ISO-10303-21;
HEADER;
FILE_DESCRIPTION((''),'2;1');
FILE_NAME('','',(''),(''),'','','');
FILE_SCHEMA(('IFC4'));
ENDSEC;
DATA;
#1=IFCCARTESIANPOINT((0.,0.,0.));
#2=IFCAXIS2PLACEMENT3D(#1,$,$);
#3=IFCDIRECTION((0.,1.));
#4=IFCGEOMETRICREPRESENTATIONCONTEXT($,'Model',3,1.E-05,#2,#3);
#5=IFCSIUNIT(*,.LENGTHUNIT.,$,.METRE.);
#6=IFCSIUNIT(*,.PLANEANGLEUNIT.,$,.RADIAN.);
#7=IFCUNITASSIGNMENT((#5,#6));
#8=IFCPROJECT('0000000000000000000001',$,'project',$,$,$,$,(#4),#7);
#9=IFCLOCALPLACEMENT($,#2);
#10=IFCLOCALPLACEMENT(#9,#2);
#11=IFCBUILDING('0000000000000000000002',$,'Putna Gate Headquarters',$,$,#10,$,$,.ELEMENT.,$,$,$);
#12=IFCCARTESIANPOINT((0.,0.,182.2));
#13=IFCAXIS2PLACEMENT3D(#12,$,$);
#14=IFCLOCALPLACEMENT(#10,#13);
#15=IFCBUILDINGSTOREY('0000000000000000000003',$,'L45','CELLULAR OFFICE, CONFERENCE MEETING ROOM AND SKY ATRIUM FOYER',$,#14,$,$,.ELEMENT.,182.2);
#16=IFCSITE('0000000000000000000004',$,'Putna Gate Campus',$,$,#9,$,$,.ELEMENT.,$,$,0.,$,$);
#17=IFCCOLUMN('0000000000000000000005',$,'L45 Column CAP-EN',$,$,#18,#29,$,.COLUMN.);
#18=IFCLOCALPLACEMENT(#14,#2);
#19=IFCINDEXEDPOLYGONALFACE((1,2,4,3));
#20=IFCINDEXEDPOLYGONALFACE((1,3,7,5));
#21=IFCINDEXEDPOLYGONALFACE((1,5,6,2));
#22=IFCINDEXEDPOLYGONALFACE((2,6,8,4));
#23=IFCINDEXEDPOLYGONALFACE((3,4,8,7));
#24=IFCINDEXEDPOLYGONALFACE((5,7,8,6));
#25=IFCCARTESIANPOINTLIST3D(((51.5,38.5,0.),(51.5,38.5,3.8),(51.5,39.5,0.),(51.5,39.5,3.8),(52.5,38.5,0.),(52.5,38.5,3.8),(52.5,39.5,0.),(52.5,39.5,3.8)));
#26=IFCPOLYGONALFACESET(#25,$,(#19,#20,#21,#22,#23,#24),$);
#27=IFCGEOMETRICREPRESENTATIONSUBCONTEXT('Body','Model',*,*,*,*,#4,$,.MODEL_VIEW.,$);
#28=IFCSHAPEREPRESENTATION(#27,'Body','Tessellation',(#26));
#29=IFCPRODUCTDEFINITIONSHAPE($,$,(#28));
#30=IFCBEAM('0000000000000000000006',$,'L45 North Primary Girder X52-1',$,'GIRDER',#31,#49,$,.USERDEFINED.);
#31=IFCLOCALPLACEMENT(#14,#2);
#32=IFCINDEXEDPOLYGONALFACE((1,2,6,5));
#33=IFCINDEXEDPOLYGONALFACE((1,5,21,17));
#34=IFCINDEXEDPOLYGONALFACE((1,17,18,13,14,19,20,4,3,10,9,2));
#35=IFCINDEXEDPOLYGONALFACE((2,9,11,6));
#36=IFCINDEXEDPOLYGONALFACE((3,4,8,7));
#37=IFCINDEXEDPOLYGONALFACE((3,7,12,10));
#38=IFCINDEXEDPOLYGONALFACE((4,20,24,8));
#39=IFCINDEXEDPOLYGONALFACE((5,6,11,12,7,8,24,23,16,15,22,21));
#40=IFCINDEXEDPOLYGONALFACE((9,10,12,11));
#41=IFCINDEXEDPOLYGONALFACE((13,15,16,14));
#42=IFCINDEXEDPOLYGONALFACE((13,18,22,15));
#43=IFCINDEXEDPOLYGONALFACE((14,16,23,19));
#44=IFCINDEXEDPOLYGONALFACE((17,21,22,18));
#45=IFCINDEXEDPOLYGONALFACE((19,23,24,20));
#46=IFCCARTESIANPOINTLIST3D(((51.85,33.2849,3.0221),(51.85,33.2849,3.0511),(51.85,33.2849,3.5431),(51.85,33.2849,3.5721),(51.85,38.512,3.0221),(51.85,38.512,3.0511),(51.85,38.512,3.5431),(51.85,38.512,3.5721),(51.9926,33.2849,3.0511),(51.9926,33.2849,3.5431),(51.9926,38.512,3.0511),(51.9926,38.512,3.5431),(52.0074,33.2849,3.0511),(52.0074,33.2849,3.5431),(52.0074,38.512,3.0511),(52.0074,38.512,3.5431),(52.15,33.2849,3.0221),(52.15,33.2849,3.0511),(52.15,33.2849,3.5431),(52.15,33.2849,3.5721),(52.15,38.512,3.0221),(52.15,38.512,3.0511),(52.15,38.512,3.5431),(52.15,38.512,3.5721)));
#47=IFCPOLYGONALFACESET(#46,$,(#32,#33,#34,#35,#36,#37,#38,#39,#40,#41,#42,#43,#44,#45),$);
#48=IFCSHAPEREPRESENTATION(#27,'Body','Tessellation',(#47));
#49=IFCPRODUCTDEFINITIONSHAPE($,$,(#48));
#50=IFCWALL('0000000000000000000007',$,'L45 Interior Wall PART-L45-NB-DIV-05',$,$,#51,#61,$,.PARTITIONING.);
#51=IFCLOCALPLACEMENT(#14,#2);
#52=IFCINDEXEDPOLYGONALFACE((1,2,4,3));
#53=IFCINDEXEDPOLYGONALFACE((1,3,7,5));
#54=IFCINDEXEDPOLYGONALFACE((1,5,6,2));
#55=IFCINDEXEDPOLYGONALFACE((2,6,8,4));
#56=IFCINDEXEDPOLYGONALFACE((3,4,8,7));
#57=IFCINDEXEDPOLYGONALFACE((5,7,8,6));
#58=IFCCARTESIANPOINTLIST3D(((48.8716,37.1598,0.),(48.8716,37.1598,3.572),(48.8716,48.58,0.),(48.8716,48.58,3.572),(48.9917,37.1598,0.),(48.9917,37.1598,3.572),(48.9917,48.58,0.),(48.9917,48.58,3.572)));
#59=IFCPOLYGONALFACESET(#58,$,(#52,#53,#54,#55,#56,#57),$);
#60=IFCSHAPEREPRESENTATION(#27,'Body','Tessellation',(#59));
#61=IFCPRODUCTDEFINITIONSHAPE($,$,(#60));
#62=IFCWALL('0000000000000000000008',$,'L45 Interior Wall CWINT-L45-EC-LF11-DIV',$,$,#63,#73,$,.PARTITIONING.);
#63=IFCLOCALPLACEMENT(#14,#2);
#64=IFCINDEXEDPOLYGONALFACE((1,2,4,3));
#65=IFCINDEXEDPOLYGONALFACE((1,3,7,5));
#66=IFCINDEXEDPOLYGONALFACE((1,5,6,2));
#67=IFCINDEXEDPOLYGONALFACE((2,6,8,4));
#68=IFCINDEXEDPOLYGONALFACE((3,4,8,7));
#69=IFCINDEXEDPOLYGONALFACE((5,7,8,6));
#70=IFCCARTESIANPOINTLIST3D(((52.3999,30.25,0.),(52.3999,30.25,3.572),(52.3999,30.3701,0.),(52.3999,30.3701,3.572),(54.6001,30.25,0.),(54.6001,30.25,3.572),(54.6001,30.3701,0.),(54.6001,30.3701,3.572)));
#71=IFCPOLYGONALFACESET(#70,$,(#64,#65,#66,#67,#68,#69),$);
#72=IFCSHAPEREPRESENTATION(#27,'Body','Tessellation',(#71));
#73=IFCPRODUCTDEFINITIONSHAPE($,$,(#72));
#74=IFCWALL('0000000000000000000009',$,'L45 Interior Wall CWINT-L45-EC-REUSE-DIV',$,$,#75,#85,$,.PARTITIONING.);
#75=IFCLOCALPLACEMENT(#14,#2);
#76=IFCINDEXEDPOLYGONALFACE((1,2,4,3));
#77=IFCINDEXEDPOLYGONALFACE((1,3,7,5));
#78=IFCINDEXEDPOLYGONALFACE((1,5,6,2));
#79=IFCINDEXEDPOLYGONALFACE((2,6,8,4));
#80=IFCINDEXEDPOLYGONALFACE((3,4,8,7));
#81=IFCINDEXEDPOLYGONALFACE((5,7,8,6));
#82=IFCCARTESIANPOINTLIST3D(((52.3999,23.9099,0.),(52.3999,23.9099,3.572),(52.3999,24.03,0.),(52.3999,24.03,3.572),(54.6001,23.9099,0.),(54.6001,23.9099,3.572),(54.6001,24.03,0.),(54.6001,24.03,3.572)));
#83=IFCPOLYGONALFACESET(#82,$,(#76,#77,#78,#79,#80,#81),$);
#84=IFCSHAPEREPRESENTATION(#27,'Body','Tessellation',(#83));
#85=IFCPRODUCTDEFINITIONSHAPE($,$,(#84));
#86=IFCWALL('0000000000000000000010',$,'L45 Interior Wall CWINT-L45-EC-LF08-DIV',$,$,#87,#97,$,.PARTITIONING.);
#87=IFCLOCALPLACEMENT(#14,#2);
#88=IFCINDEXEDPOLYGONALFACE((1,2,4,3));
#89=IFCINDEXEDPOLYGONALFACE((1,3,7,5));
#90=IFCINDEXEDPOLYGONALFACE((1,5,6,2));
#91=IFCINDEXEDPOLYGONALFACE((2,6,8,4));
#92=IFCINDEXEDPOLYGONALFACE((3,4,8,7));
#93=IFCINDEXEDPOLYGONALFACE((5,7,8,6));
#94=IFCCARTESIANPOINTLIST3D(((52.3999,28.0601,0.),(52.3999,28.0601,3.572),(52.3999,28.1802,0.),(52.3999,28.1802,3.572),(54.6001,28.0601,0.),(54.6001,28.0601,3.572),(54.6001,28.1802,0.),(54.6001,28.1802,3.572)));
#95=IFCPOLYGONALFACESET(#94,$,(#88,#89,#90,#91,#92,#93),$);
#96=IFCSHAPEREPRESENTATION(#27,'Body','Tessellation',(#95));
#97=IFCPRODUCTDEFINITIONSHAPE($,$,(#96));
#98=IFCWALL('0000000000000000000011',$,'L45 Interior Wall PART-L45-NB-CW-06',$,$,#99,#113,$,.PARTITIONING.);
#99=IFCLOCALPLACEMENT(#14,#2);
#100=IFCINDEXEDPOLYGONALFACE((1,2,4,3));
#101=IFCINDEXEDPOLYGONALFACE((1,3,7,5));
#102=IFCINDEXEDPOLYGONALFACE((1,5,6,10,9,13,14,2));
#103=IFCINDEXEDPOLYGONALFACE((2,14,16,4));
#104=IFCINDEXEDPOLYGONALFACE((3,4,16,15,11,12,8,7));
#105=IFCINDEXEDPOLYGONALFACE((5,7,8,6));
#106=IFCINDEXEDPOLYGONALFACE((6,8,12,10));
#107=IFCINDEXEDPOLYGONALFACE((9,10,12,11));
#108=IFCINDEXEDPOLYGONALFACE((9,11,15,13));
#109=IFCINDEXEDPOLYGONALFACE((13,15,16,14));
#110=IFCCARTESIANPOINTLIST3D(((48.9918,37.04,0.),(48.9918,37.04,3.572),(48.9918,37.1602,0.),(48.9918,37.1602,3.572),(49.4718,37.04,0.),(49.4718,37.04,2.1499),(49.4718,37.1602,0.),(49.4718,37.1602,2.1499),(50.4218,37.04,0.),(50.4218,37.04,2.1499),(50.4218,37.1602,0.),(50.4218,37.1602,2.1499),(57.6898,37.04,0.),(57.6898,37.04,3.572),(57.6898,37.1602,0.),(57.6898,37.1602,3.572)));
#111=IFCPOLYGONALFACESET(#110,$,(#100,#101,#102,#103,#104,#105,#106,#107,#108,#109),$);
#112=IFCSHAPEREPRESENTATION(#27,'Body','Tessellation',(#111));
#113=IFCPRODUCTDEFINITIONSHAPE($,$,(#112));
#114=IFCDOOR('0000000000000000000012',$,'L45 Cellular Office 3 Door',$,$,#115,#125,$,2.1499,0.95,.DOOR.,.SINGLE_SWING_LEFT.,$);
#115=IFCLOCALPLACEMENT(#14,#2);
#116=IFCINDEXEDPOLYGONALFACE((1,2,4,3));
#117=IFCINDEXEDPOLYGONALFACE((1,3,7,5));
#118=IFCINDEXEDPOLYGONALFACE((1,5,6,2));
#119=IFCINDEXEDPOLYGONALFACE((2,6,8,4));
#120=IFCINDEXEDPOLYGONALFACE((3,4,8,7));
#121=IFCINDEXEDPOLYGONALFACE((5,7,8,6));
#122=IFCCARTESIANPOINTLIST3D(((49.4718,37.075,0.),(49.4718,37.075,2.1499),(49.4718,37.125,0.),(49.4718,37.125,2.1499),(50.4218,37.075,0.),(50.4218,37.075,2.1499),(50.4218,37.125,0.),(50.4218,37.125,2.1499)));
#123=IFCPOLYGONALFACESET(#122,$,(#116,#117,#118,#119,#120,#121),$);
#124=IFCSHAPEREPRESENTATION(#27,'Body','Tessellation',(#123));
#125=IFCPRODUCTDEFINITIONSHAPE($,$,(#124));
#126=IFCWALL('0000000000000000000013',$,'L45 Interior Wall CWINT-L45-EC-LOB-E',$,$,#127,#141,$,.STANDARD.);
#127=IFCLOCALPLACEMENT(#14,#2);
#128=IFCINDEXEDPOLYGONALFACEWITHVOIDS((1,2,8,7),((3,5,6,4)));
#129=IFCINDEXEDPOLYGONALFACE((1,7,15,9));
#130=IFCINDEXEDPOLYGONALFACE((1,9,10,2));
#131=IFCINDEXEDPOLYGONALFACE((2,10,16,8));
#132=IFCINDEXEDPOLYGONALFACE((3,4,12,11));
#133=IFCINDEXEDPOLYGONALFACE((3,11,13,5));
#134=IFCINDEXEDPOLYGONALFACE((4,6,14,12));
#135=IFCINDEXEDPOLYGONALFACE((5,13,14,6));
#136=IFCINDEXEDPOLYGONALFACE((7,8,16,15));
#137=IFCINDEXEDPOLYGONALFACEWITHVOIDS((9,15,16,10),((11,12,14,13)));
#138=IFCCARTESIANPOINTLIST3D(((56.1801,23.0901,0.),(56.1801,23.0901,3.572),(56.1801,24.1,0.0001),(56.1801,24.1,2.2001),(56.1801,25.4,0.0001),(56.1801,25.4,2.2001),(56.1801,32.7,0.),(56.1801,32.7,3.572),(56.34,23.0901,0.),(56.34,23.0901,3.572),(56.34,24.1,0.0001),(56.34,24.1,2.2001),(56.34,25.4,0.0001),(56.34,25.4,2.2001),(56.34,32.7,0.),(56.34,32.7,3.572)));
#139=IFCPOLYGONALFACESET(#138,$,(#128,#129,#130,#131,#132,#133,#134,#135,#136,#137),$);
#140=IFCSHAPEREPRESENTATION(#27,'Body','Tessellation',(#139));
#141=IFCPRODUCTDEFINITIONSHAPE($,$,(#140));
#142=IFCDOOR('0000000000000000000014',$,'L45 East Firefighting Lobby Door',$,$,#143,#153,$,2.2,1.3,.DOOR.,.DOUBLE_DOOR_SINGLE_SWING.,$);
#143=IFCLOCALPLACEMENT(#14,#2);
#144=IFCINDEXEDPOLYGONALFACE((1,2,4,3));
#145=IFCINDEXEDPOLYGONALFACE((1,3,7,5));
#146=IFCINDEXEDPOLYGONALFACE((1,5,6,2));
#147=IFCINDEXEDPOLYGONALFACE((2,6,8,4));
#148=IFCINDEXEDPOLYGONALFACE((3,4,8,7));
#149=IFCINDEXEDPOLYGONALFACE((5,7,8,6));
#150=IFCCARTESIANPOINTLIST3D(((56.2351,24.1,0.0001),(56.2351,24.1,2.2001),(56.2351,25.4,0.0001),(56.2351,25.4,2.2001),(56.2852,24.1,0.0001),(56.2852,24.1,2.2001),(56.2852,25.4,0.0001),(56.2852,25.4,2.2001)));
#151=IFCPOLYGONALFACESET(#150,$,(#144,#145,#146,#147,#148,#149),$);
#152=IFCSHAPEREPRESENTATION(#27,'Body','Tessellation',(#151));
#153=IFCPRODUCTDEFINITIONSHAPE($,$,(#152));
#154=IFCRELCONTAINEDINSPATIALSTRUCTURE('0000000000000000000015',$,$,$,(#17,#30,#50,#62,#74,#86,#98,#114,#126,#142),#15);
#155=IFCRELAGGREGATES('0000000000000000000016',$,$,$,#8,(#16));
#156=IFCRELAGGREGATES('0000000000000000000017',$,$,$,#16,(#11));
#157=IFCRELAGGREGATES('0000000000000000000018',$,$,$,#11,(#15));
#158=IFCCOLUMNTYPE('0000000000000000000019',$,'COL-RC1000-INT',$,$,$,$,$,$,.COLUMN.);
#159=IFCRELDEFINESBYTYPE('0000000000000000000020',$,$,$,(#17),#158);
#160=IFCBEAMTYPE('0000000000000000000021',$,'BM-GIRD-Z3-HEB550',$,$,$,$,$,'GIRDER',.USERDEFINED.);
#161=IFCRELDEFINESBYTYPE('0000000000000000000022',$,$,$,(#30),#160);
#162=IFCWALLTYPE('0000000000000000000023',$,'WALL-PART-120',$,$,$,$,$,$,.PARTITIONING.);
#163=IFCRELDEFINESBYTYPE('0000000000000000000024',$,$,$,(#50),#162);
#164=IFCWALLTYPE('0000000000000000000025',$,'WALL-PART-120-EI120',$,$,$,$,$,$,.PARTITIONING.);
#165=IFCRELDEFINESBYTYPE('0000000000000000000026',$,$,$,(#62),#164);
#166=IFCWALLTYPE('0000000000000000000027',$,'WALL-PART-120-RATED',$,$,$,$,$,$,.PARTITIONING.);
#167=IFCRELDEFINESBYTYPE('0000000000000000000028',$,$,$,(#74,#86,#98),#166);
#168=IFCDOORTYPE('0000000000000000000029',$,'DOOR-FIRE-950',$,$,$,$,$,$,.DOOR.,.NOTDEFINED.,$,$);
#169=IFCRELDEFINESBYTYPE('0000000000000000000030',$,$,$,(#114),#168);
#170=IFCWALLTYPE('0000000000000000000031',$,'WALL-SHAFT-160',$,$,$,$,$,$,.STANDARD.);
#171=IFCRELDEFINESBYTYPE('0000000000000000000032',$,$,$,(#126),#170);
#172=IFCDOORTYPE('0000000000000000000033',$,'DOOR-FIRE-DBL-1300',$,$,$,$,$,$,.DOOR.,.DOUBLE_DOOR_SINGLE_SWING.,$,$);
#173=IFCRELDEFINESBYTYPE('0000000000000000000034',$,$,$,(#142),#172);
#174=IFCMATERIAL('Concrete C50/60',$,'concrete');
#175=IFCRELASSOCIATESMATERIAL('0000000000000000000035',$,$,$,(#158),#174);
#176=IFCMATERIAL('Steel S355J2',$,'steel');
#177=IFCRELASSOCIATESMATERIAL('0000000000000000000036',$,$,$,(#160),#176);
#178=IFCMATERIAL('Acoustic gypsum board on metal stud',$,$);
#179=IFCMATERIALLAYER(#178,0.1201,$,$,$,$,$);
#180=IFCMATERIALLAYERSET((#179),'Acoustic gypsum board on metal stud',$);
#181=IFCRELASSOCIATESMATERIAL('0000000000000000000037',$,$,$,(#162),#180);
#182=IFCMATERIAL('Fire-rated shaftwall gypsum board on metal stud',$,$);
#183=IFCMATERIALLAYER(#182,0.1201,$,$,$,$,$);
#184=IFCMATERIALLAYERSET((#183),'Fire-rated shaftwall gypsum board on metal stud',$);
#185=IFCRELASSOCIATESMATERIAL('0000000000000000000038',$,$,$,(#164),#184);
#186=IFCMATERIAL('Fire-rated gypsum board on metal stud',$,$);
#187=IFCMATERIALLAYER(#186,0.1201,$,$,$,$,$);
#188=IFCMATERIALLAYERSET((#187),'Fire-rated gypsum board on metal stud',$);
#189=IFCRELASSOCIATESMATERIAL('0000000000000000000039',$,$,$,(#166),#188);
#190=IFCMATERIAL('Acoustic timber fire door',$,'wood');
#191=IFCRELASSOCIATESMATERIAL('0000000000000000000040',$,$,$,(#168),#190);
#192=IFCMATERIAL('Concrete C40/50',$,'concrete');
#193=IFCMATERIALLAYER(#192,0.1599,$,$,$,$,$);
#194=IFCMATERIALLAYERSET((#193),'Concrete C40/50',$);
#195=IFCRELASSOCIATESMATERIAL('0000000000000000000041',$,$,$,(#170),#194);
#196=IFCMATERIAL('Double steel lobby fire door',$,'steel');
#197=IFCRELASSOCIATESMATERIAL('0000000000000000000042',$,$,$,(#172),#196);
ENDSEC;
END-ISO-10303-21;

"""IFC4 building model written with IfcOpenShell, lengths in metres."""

from ifc_helpers import new_model, si_unit, direction, frame, frame_2d, origin, origin_2d, place, context, subcontext, project, spatial, rectangle, i_section, extrude, material, layer, layer_set, material_profile, profile_set, type_object, element, fill, save


model = new_model("IFC4")

# Units and contexts
model_context = context("Model", 3, precision=1e-05, world=origin(), true_north=direction((0.0, 1.0)))
body_context = subcontext(model_context, "Body", "Model", "MODEL_VIEW")
ifc_project = project(units=[si_unit("LENGTHUNIT", "METRE"), si_unit("PLANEANGLEUNIT", "RADIAN")], contexts=[model_context])

# Site, building, storey
site_placement = place(None, origin())
site = spatial("IfcSite", under=ifc_project, at=site_placement, Name="Putna Gate Campus", CompositionType="ELEMENT", RefElevation=0.0)
building_placement = place(site_placement, origin())
building = spatial("IfcBuilding", under=site, at=building_placement, Name="Putna Gate Headquarters", CompositionType="ELEMENT")
storey_placement = place(building_placement, frame((0.0, 0.0, 182.2)))
storey = spatial("IfcBuildingStorey", under=building, at=storey_placement, Name="L45", Description="CELLULAR OFFICE, CONFERENCE MEETING ROOM AND SKY ATRIUM FOYER", CompositionType="ELEMENT", Elevation=182.2)

# Column
ifc_material_1 = material(Name="Concrete C50/60", Category="concrete")
ifc_material_profile_1 = material_profile(ifc_material_1, rectangle(XDim=1.0, YDim=1.0, at=origin_2d()), Name="Concrete C50/60")
ifc_profile_set_1 = profile_set([ifc_material_profile_1], Name="Concrete C50/60")
column_type = type_object("IfcColumnType", Name="COL-RC1000-INT", PredefinedType="COLUMN", material=ifc_profile_set_1)
column_placement = place(storey_placement, frame((52.0, 39.0, 0.0), z_axis=(0.0, 0.0, 1.0), x_axis=(1.0, 0.0, 0.0)))
element("IfcColumn", 1, at=column_placement, inside=storey, type_object=column_type, Name="L45 Column CAP-EN", PredefinedType="COLUMN", context=body_context, shape_type="SweptSolid", body=[
    extrude(rectangle(XDim=1.0, YDim=1.0, at=origin_2d()), origin(), (0.0, 0.0, 1.0), 3.8),
])

# Beam
ifc_material_2 = material(Name="Steel S355J2", Category="steel")
ifc_material_profile_2 = material_profile(ifc_material_2, i_section(OverallWidth=0.3, OverallDepth=0.55, WebThickness=0.0149, FlangeThickness=0.0291, at=origin_2d()), Name="Steel S355J2")
ifc_profile_set_2 = profile_set([ifc_material_profile_2], Name="Steel S355J2")
beam_type = type_object("IfcBeamType", Name="BM-GIRD-Z3-HEB550", ElementType="GIRDER", PredefinedType="USERDEFINED", material=ifc_profile_set_2)
beam_placement = place(storey_placement, frame((52.0, 33.2849, 3.2971), z_axis=(0.0, 1.0, 0.0), x_axis=(-1.0, 0.0, 0.0)))
element("IfcBeam", 2, at=beam_placement, inside=storey, type_object=beam_type, Name="L45 North Primary Girder X52-1", ObjectType="GIRDER", PredefinedType="USERDEFINED", context=body_context, shape_type="SweptSolid", body=[
    extrude(i_section(OverallWidth=0.3, OverallDepth=0.55, WebThickness=0.0149, FlangeThickness=0.0291, at=origin_2d()), origin(), (0.0, 0.0, 1.0), 5.2271),
])

# Walls
ifc_material_3 = material(Name="Acoustic gypsum board on metal stud")
ifc_layer_1 = layer(ifc_material_3, 0.1201)
ifc_layer_set_1 = layer_set([ifc_layer_1], Name="Acoustic gypsum board on metal stud")
wall_type_1 = type_object("IfcWallType", Name="WALL-PART-120", PredefinedType="PARTITIONING", material=ifc_layer_set_1)
wall_1_placement = place(storey_placement, frame((48.9316, 37.1599, 0.0), z_axis=(0.0, 0.0, 1.0), x_axis=(0.0, 1.0, 0.0)))
element("IfcWall", 3, at=wall_1_placement, inside=storey, type_object=wall_type_1, Name="L45 Interior Wall PART-L45-NB-DIV-05", PredefinedType="PARTITIONING", context=body_context, shape_type="SweptSolid", body=[
    extrude(rectangle(XDim=11.4202, YDim=0.1201, at=frame_2d((5.71, 0.0))), origin(), (0.0, 0.0, 1.0), 3.572),
])
ifc_material_4 = material(Name="Fire-rated shaftwall gypsum board on metal stud")
ifc_layer_2 = layer(ifc_material_4, 0.1201)
ifc_layer_set_2 = layer_set([ifc_layer_2], Name="Fire-rated shaftwall gypsum board on metal stud")
wall_type_2 = type_object("IfcWallType", Name="WALL-PART-120-EI120", PredefinedType="PARTITIONING", material=ifc_layer_set_2)
wall_2_placement = place(storey_placement, frame((52.3999, 30.3101, 0.0), z_axis=(0.0, 0.0, 1.0), x_axis=(1.0, 0.0, 0.0)))
element("IfcWall", 4, at=wall_2_placement, inside=storey, type_object=wall_type_2, Name="L45 Interior Wall CWINT-L45-EC-LF11-DIV", PredefinedType="PARTITIONING", context=body_context, shape_type="SweptSolid", body=[
    extrude(rectangle(XDim=2.2002, YDim=0.1201, at=frame_2d((1.1001, 0.0))), origin(), (0.0, 0.0, 1.0), 3.572),
])
ifc_material_5 = material(Name="Fire-rated gypsum board on metal stud")
ifc_layer_3 = layer(ifc_material_5, 0.1201)
ifc_layer_set_3 = layer_set([ifc_layer_3], Name="Fire-rated gypsum board on metal stud")
wall_type_3 = type_object("IfcWallType", Name="WALL-PART-120-RATED", PredefinedType="PARTITIONING", material=ifc_layer_set_3)
for number, where, z_axis, x_axis, name in (
    (5, (52.3999, 23.97, 0.0), (0.0, 0.0, 1.0), (1.0, 0.0, 0.0), "L45 Interior Wall CWINT-L45-EC-REUSE-DIV"),
    (6, (52.3999, 28.1201, 0.0), (0.0, 0.0, 1.0), (1.0, 0.0, 0.0), "L45 Interior Wall CWINT-L45-EC-LF08-DIV"),
):
    element("IfcWall", number, at=place(storey_placement, frame(where, z_axis=z_axis, x_axis=x_axis)), inside=storey, type_object=wall_type_3, Name=name, PredefinedType="PARTITIONING", context=body_context, shape_type="SweptSolid", body=[
        extrude(rectangle(XDim=2.2002, YDim=0.1201, at=frame_2d((1.1001, 0.0))), origin(), (0.0, 0.0, 1.0), 3.572),
    ])

# Walls, openings, doors
wall_3_placement = place(storey_placement, frame((48.9917, 37.1001, 0.0), z_axis=(0.0, 0.0, 1.0), x_axis=(1.0, 0.0, 0.0)))
wall_3 = element("IfcWall", 7, at=wall_3_placement, inside=storey, type_object=wall_type_3, Name="L45 Interior Wall PART-L45-NB-CW-06", PredefinedType="PARTITIONING", context=body_context, shape_type="SweptSolid", body=[
    extrude(rectangle(XDim=8.698, YDim=0.1201, at=frame_2d((4.3491, 0.0))), origin(), (0.0, 0.0, 1.0), 3.572),
])
opening_1_placement = place(wall_3_placement, frame((0.48, 0.0, 0.0)))
opening_1 = element("IfcOpeningElement", 8, at=opening_1_placement, cuts=wall_3, PredefinedType="OPENING", context=body_context, shape_type="SweptSolid", body=[
    extrude(rectangle(XDim=0.95, YDim=2.1499, at=frame_2d((0.4751, 1.075))), frame((0.0, 0.0701, 0.0), z_axis=(0.0, -1.0, 0.0), x_axis=(1.0, 0.0, 0.0)), (0.0, 0.0, 1.0), 0.1401),
])
ifc_material_6 = material(Name="Acoustic timber fire door", Category="wood")
door_type_1 = type_object("IfcDoorType", Name="DOOR-FIRE-950", OperationType="NOTDEFINED", PredefinedType="DOOR", material=ifc_material_6)
door_1_placement = place(opening_1_placement, origin())
door_1 = element("IfcDoor", 9, at=door_1_placement, inside=storey, type_object=door_type_1, Name="L45 Cellular Office 3 Door", OperationType="SINGLE_SWING_LEFT", OverallHeight=2.1499, OverallWidth=0.95, PredefinedType="DOOR", context=body_context, shape_type="SweptSolid", body=[
    extrude(rectangle(XDim=0.95, YDim=2.1499, at=frame_2d((0.4751, 1.075))), frame((0.0, 0.0249, 0.0), z_axis=(0.0, -1.0, 0.0), x_axis=(1.0, 0.0, 0.0)), (0.0, 0.0, 1.0), 0.05),
])
fill(opening_1, door_1)
ifc_material_7 = material(Name="Concrete C40/50", Category="concrete")
ifc_layer_4 = layer(ifc_material_7, 0.1599)
ifc_layer_set_4 = layer_set([ifc_layer_4], Name="Concrete C40/50")
wall_type_4 = type_object("IfcWallType", Name="WALL-SHAFT-160", PredefinedType="STANDARD", material=ifc_layer_set_4)
wall_4_placement = place(storey_placement, frame((56.26, 23.0901, 0.0), z_axis=(0.0, 0.0, 1.0), x_axis=(0.0, 1.0, 0.0)))
wall_4 = element("IfcWall", 10, at=wall_4_placement, inside=storey, type_object=wall_type_4, Name="L45 Interior Wall CWINT-L45-EC-LOB-E", PredefinedType="STANDARD", context=body_context, shape_type="SweptSolid", body=[
    extrude(rectangle(XDim=9.6099, YDim=0.1599, at=frame_2d((4.8049, 0.0))), origin(), (0.0, 0.0, 1.0), 3.572),
])
opening_2_placement = place(wall_4_placement, frame((1.01, 0.0, 0.0)))
opening_2 = element("IfcOpeningElement", 11, at=opening_2_placement, cuts=wall_4, PredefinedType="OPENING", context=body_context, shape_type="SweptSolid", body=[
    extrude(rectangle(XDim=1.3, YDim=2.2, at=frame_2d((0.6499, 1.1001))), frame((0.0, 0.0898, 0.0), z_axis=(0.0, -1.0, 0.0), x_axis=(1.0, 0.0, 0.0)), (0.0, 0.0, 1.0), 0.1799),
])
ifc_material_8 = material(Name="Double steel lobby fire door", Category="steel")
door_type_2 = type_object("IfcDoorType", Name="DOOR-FIRE-DBL-1300", OperationType="DOUBLE_DOOR_SINGLE_SWING", PredefinedType="DOOR", material=ifc_material_8)
door_2_placement = place(opening_2_placement, origin())
door_2 = element("IfcDoor", 12, at=door_2_placement, inside=storey, type_object=door_type_2, Name="L45 East Firefighting Lobby Door", OperationType="DOUBLE_DOOR_SINGLE_SWING", OverallHeight=2.2, OverallWidth=1.3, PredefinedType="DOOR", context=body_context, shape_type="SweptSolid", body=[
    extrude(rectangle(XDim=1.3, YDim=2.2, at=frame_2d((0.6499, 1.1001))), frame((0.0, 0.0249, 0.0), z_axis=(0.0, -1.0, 0.0), x_axis=(1.0, 0.0, 0.0)), (0.0, 0.0, 1.0), 0.05),
])
fill(opening_2, door_2)

save(model, "model.ifc")
